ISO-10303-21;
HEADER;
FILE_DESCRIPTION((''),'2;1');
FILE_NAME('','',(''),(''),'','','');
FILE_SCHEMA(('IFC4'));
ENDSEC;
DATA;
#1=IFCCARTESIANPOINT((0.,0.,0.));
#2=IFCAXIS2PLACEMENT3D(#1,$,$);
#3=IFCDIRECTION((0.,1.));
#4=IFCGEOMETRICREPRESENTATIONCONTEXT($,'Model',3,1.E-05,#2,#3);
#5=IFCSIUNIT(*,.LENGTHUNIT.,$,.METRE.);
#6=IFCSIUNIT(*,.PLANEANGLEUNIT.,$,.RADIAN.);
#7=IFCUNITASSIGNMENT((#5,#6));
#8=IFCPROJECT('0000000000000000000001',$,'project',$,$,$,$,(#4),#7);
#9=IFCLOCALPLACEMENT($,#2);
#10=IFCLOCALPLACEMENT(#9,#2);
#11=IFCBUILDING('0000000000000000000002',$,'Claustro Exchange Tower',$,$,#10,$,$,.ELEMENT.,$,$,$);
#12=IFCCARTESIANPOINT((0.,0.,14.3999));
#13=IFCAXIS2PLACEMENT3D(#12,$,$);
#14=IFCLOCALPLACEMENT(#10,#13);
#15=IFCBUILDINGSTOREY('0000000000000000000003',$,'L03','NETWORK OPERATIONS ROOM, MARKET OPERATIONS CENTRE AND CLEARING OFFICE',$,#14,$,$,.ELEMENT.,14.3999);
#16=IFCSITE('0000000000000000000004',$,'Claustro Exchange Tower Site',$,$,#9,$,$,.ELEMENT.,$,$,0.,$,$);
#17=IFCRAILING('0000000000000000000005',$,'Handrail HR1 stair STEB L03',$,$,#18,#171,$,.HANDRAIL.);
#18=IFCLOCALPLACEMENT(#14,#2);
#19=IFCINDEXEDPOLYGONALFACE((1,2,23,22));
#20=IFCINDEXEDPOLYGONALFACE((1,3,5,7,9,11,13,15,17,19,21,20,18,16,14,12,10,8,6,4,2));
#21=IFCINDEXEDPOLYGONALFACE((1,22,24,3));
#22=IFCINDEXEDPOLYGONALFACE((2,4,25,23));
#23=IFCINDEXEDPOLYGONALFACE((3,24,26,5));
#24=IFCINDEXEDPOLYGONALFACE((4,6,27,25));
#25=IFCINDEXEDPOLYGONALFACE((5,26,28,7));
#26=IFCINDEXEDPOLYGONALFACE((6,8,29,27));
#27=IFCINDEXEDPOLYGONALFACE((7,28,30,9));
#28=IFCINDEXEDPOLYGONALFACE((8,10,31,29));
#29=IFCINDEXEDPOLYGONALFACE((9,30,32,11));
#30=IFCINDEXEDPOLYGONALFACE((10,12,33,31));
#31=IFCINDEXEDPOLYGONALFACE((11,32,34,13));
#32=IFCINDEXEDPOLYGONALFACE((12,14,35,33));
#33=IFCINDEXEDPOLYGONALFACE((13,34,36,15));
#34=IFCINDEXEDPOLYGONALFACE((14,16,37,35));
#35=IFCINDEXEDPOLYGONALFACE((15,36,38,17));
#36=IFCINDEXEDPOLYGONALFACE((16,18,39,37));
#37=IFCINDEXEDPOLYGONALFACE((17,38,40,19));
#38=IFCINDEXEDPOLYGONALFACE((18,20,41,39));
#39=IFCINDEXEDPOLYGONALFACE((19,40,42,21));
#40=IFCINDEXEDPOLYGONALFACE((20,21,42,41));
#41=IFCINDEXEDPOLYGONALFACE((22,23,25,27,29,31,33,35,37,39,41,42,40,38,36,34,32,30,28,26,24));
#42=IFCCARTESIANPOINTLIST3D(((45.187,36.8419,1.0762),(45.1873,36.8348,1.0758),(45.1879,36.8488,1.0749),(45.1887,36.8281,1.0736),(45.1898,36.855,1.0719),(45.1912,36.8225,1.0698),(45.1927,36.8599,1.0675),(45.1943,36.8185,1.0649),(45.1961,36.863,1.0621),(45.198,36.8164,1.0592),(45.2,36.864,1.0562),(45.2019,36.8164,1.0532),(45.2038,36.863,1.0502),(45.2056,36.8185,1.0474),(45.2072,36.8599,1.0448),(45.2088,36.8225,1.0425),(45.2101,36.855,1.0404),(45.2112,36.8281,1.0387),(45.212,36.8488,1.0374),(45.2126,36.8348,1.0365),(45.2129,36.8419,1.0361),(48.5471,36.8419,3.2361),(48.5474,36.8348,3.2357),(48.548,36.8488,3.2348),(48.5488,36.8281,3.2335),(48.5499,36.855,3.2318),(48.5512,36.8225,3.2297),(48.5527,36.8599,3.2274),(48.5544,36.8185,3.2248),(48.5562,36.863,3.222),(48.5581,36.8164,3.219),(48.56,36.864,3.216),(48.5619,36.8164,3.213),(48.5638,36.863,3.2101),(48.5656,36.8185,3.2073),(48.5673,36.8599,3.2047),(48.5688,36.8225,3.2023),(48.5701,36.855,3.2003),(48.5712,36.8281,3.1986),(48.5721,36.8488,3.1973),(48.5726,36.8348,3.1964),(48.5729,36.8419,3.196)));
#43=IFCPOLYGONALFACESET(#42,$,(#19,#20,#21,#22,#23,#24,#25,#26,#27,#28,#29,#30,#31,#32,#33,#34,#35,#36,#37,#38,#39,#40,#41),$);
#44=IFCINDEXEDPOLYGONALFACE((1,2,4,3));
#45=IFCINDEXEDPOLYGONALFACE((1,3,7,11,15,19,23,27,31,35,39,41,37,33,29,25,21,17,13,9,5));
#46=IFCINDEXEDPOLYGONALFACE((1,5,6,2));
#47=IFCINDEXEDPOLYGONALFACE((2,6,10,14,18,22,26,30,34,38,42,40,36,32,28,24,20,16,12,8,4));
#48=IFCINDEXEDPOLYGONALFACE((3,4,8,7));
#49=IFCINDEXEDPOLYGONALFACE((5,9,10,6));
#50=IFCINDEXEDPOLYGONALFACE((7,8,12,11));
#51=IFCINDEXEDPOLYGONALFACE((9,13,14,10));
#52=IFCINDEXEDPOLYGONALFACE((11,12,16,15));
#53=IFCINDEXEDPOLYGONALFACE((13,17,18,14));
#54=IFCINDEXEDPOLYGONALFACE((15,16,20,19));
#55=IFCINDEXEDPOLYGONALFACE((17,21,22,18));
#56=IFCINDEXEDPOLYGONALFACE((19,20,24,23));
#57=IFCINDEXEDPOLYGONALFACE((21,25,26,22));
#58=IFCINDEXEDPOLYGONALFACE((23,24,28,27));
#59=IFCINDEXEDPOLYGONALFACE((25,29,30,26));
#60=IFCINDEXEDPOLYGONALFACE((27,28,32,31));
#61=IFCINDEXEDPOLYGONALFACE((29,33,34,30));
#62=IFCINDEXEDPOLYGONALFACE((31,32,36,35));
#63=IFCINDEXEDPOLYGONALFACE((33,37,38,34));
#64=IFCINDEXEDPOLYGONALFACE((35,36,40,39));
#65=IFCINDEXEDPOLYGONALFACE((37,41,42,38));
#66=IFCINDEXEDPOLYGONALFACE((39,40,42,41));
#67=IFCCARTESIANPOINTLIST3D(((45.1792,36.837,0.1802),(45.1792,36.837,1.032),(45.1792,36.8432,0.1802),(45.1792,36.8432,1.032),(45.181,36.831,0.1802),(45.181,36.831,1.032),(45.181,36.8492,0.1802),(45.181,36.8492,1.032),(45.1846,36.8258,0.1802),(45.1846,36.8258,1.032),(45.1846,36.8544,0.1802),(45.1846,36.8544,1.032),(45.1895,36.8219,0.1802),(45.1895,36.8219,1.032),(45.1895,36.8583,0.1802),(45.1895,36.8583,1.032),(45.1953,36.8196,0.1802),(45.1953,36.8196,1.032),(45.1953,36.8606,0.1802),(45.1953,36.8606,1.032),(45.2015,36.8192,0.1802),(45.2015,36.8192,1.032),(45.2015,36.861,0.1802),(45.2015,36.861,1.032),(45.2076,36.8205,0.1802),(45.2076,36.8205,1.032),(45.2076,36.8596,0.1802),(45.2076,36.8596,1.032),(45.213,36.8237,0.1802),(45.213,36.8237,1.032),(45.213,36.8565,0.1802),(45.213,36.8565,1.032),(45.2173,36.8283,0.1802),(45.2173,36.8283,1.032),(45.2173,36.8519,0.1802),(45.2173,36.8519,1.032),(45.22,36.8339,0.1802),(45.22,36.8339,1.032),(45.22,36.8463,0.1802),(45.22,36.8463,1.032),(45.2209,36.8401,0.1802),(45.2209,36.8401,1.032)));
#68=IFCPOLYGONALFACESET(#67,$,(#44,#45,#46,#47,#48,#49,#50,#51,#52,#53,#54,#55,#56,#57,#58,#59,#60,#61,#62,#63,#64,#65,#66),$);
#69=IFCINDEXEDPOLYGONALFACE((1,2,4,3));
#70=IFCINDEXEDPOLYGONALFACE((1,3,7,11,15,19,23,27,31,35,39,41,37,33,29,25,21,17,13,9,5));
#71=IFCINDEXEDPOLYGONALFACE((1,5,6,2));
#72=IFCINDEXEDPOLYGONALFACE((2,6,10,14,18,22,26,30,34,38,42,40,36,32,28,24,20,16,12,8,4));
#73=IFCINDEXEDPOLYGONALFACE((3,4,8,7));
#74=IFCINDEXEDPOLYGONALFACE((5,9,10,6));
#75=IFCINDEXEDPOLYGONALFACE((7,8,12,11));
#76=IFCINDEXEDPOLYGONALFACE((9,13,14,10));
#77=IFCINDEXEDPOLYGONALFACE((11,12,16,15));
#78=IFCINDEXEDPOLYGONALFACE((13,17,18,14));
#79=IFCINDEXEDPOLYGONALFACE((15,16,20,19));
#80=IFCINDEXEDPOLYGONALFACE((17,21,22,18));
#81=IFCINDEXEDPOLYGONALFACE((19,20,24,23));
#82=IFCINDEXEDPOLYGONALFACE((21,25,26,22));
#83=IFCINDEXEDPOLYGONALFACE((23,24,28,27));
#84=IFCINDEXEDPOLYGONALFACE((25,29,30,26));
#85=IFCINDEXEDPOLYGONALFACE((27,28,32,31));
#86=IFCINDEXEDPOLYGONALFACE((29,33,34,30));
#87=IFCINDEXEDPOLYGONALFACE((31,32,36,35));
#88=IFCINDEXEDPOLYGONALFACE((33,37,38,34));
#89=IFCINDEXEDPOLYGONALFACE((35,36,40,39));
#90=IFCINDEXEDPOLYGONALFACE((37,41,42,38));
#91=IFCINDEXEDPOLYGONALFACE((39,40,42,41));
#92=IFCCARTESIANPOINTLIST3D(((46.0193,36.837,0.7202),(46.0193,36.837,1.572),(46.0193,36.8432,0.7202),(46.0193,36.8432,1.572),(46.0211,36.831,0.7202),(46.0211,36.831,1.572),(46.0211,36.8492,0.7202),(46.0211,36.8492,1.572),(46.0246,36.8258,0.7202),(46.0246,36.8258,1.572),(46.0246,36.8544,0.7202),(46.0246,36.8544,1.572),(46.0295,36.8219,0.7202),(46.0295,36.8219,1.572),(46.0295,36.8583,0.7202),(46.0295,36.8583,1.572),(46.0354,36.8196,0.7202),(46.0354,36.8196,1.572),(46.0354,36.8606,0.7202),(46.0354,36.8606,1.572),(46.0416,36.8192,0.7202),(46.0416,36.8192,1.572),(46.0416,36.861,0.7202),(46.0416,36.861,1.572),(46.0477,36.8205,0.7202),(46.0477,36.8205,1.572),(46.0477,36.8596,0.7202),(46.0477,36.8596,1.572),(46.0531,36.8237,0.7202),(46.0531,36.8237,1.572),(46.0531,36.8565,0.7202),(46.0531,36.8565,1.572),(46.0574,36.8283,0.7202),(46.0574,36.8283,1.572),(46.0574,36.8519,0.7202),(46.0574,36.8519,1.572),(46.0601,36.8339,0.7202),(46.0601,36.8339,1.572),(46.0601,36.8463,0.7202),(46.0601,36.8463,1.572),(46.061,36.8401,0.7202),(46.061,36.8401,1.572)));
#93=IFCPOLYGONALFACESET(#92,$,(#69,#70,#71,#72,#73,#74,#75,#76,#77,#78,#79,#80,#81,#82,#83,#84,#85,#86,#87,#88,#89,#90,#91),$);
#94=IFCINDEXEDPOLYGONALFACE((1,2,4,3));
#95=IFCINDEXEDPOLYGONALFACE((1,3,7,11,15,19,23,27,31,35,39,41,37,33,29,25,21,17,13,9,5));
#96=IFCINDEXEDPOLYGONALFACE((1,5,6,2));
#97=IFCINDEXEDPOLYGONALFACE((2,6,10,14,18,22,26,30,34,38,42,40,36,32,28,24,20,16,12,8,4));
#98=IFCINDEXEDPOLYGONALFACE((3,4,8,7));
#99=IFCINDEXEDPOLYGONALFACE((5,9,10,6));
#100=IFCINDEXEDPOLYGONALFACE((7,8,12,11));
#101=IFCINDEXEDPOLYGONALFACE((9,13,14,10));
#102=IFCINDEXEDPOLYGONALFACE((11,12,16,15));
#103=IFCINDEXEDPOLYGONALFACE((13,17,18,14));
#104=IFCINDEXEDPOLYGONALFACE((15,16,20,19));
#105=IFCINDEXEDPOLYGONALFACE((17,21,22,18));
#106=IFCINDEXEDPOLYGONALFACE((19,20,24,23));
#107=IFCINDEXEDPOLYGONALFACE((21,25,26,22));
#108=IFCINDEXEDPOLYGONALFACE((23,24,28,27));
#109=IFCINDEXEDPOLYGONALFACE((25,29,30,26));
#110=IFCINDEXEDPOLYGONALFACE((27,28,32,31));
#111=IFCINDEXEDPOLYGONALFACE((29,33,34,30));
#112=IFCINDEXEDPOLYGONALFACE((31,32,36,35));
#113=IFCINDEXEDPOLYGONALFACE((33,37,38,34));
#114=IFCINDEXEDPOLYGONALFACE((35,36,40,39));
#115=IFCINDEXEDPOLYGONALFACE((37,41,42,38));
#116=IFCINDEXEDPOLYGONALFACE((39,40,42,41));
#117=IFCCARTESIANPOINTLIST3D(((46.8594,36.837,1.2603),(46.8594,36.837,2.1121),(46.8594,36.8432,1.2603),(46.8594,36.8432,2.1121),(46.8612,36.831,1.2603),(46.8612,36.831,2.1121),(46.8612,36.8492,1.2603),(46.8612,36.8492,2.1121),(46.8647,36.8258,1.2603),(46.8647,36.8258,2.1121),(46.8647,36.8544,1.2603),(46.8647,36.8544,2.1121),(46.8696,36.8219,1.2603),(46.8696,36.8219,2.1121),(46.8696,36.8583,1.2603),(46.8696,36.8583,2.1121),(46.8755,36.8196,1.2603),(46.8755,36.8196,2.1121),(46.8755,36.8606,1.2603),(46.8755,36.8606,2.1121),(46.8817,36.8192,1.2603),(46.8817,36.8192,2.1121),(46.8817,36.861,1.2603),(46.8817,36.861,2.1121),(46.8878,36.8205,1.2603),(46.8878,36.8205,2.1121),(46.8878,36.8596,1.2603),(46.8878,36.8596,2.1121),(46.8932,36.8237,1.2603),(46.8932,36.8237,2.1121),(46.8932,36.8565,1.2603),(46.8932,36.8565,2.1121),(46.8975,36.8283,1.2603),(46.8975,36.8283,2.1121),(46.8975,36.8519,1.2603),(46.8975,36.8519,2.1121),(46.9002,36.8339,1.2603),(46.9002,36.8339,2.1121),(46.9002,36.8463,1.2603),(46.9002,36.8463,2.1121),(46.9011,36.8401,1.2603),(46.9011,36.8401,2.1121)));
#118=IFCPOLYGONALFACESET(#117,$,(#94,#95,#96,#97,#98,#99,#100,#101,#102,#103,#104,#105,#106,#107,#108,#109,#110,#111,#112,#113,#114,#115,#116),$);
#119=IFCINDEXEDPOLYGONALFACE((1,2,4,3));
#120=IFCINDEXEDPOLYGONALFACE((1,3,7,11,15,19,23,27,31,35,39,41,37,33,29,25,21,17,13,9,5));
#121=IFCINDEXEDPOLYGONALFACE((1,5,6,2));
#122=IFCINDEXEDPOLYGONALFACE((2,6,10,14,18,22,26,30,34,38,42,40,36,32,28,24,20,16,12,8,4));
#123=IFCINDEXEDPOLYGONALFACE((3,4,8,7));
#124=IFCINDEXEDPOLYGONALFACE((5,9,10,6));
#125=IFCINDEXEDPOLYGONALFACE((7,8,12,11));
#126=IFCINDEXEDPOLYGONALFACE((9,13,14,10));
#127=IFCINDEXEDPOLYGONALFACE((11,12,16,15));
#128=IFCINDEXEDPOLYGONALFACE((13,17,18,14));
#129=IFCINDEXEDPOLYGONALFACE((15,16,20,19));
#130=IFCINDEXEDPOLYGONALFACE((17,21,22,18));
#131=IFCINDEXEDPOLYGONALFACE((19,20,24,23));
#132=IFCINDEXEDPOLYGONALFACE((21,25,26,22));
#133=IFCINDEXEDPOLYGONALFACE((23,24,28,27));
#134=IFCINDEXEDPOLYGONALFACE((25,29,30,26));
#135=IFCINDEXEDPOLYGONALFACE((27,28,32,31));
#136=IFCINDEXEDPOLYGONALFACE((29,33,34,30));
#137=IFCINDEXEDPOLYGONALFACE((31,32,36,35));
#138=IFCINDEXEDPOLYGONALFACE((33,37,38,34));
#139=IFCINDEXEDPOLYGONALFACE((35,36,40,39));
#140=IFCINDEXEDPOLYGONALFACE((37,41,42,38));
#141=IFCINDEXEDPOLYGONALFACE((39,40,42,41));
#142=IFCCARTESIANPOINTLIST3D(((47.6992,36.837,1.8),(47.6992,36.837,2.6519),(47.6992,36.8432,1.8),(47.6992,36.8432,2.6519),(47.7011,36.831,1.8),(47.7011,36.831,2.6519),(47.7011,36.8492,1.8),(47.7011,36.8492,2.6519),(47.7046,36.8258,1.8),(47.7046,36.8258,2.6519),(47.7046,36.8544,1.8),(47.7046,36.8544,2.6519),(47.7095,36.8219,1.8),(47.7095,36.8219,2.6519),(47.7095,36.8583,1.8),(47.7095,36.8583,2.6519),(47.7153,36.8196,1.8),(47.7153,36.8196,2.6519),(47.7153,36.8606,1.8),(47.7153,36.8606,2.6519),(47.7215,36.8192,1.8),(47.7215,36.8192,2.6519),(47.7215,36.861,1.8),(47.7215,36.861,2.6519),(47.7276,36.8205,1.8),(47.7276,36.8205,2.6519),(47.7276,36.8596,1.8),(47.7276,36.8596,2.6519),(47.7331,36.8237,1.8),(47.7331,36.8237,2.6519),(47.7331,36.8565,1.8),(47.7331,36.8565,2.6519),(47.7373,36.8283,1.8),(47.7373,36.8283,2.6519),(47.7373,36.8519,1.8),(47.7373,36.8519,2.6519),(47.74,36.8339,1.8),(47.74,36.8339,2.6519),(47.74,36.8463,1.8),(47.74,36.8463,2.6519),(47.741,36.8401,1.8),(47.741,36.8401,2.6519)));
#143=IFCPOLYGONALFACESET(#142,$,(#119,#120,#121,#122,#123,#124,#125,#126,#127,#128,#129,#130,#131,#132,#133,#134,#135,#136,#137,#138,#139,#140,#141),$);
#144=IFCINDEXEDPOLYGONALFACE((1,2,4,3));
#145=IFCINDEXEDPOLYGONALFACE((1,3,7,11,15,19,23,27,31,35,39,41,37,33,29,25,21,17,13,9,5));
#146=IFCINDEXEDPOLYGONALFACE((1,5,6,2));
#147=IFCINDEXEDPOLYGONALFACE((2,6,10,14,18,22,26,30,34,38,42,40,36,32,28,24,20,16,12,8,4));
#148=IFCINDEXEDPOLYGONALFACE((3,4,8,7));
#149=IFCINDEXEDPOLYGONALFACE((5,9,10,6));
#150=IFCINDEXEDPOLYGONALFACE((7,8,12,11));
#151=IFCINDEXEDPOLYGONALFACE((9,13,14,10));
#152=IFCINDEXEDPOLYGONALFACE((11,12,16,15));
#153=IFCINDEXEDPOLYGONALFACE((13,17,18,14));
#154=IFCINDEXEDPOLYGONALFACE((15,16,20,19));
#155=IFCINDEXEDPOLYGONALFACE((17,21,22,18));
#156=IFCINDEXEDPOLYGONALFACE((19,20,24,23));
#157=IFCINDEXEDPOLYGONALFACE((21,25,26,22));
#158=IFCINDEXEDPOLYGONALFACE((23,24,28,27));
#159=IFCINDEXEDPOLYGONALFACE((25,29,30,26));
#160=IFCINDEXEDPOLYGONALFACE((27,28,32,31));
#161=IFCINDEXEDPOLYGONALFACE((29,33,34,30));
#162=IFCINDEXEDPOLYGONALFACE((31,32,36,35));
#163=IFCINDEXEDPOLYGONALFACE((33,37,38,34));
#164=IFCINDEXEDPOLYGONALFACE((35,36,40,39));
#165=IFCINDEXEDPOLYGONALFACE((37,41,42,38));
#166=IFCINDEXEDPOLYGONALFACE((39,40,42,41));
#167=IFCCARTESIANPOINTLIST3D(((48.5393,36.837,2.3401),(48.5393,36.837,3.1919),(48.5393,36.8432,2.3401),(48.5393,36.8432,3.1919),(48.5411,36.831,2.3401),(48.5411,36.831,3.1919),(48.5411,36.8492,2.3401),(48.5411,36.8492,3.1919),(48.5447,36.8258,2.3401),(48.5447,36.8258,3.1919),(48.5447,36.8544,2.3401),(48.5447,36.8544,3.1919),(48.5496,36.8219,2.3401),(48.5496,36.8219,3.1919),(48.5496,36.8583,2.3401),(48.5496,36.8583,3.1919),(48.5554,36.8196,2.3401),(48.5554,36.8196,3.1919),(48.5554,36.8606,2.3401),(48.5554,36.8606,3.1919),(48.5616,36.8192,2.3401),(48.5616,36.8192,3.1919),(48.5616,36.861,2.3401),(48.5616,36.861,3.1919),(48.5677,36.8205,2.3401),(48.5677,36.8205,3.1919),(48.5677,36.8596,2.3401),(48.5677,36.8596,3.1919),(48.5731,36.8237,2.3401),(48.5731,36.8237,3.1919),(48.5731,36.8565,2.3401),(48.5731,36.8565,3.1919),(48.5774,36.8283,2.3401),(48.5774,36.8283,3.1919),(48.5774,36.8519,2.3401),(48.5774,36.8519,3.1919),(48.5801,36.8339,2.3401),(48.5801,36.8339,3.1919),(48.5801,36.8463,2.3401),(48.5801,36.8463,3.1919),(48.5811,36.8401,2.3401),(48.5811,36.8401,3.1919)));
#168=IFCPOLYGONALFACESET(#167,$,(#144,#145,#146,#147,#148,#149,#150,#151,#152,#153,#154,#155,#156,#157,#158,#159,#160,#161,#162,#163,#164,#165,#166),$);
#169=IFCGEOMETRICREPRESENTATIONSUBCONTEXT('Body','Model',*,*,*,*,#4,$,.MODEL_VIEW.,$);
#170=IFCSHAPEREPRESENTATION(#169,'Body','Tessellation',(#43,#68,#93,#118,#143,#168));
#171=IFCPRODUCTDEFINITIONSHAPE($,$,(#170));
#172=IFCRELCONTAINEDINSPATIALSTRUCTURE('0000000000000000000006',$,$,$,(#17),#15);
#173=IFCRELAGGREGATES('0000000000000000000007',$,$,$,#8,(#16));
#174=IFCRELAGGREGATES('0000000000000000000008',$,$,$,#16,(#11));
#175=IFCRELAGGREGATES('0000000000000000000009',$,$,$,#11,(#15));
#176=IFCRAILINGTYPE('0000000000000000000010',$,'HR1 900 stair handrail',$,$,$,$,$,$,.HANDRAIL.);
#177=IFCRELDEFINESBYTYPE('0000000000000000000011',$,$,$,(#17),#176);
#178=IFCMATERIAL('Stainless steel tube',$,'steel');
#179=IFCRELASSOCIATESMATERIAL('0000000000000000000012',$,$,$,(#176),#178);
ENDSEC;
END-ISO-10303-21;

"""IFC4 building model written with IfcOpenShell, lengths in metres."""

from ifc_helpers import new_model, si_unit, direction, frame, origin, origin_2d, place, context, subcontext, project, spatial, circle, extrude, material, type_object, element, save


model = new_model("IFC4")

# Units and contexts
model_context = context("Model", 3, precision=1e-05, world=origin(), true_north=direction((0.0, 1.0)))
body_context = subcontext(model_context, "Body", "Model", "MODEL_VIEW")
ifc_project = project(units=[si_unit("LENGTHUNIT", "METRE"), si_unit("PLANEANGLEUNIT", "RADIAN")], contexts=[model_context])

# Site, building, storey
site_placement = place(None, origin())
site = spatial("IfcSite", under=ifc_project, at=site_placement, Name="Claustro Exchange Tower Site", CompositionType="ELEMENT", RefElevation=0.0)
building_placement = place(site_placement, origin())
building = spatial("IfcBuilding", under=site, at=building_placement, Name="Claustro Exchange Tower", CompositionType="ELEMENT")
storey_placement = place(building_placement, frame((0.0, 0.0, 14.3999)))
storey = spatial("IfcBuildingStorey", under=building, at=storey_placement, Name="L03", Description="NETWORK OPERATIONS ROOM, MARKET OPERATIONS CENTRE AND CLEARING OFFICE", CompositionType="ELEMENT", Elevation=14.3999)

# Railing
ifc_material_1 = material(Name="Stainless steel tube", Category="steel")
railing_type_1 = type_object("IfcRailingType", Name="HR1 900 stair handrail", PredefinedType="HANDRAIL", material=ifc_material_1)
railing_1_placement = place(storey_placement, frame((45.2, 36.8401, 0.1802)))
element("IfcRailing", 1, at=railing_1_placement, inside=storey, type_object=railing_type_1, Name="Handrail HR1 stair STEB L03", PredefinedType="HANDRAIL", context=body_context, shape_type="SweptSolid", body=[
    extrude(circle(Radius=0.0239, at=origin_2d()), frame((0.0, 0.0, 0.876), z_axis=(0.841196, 0.0, 0.54073), x_axis=(0.0, 1.0, 0.0)), (0.0, 0.0, 1.0), 3.9944),
    extrude(circle(Radius=0.021, at=origin_2d()), origin(), (0.0, 0.0, 1.0), 0.8518),
    extrude(circle(Radius=0.021, at=origin_2d()), frame((0.8401, 0.0, 0.54)), (0.0, 0.0, 1.0), 0.8518),
    extrude(circle(Radius=0.021, at=origin_2d()), frame((1.6802, 0.0, 1.0801)), (0.0, 0.0, 1.0), 0.8518),
    extrude(circle(Radius=0.021, at=origin_2d()), frame((2.52, 0.0, 1.6199)), (0.0, 0.0, 1.0), 0.8518),
    extrude(circle(Radius=0.021, at=origin_2d()), frame((3.3601, 0.0, 2.1599)), (0.0, 0.0, 1.0), 0.8518),
])

save(model, "model.ifc")
